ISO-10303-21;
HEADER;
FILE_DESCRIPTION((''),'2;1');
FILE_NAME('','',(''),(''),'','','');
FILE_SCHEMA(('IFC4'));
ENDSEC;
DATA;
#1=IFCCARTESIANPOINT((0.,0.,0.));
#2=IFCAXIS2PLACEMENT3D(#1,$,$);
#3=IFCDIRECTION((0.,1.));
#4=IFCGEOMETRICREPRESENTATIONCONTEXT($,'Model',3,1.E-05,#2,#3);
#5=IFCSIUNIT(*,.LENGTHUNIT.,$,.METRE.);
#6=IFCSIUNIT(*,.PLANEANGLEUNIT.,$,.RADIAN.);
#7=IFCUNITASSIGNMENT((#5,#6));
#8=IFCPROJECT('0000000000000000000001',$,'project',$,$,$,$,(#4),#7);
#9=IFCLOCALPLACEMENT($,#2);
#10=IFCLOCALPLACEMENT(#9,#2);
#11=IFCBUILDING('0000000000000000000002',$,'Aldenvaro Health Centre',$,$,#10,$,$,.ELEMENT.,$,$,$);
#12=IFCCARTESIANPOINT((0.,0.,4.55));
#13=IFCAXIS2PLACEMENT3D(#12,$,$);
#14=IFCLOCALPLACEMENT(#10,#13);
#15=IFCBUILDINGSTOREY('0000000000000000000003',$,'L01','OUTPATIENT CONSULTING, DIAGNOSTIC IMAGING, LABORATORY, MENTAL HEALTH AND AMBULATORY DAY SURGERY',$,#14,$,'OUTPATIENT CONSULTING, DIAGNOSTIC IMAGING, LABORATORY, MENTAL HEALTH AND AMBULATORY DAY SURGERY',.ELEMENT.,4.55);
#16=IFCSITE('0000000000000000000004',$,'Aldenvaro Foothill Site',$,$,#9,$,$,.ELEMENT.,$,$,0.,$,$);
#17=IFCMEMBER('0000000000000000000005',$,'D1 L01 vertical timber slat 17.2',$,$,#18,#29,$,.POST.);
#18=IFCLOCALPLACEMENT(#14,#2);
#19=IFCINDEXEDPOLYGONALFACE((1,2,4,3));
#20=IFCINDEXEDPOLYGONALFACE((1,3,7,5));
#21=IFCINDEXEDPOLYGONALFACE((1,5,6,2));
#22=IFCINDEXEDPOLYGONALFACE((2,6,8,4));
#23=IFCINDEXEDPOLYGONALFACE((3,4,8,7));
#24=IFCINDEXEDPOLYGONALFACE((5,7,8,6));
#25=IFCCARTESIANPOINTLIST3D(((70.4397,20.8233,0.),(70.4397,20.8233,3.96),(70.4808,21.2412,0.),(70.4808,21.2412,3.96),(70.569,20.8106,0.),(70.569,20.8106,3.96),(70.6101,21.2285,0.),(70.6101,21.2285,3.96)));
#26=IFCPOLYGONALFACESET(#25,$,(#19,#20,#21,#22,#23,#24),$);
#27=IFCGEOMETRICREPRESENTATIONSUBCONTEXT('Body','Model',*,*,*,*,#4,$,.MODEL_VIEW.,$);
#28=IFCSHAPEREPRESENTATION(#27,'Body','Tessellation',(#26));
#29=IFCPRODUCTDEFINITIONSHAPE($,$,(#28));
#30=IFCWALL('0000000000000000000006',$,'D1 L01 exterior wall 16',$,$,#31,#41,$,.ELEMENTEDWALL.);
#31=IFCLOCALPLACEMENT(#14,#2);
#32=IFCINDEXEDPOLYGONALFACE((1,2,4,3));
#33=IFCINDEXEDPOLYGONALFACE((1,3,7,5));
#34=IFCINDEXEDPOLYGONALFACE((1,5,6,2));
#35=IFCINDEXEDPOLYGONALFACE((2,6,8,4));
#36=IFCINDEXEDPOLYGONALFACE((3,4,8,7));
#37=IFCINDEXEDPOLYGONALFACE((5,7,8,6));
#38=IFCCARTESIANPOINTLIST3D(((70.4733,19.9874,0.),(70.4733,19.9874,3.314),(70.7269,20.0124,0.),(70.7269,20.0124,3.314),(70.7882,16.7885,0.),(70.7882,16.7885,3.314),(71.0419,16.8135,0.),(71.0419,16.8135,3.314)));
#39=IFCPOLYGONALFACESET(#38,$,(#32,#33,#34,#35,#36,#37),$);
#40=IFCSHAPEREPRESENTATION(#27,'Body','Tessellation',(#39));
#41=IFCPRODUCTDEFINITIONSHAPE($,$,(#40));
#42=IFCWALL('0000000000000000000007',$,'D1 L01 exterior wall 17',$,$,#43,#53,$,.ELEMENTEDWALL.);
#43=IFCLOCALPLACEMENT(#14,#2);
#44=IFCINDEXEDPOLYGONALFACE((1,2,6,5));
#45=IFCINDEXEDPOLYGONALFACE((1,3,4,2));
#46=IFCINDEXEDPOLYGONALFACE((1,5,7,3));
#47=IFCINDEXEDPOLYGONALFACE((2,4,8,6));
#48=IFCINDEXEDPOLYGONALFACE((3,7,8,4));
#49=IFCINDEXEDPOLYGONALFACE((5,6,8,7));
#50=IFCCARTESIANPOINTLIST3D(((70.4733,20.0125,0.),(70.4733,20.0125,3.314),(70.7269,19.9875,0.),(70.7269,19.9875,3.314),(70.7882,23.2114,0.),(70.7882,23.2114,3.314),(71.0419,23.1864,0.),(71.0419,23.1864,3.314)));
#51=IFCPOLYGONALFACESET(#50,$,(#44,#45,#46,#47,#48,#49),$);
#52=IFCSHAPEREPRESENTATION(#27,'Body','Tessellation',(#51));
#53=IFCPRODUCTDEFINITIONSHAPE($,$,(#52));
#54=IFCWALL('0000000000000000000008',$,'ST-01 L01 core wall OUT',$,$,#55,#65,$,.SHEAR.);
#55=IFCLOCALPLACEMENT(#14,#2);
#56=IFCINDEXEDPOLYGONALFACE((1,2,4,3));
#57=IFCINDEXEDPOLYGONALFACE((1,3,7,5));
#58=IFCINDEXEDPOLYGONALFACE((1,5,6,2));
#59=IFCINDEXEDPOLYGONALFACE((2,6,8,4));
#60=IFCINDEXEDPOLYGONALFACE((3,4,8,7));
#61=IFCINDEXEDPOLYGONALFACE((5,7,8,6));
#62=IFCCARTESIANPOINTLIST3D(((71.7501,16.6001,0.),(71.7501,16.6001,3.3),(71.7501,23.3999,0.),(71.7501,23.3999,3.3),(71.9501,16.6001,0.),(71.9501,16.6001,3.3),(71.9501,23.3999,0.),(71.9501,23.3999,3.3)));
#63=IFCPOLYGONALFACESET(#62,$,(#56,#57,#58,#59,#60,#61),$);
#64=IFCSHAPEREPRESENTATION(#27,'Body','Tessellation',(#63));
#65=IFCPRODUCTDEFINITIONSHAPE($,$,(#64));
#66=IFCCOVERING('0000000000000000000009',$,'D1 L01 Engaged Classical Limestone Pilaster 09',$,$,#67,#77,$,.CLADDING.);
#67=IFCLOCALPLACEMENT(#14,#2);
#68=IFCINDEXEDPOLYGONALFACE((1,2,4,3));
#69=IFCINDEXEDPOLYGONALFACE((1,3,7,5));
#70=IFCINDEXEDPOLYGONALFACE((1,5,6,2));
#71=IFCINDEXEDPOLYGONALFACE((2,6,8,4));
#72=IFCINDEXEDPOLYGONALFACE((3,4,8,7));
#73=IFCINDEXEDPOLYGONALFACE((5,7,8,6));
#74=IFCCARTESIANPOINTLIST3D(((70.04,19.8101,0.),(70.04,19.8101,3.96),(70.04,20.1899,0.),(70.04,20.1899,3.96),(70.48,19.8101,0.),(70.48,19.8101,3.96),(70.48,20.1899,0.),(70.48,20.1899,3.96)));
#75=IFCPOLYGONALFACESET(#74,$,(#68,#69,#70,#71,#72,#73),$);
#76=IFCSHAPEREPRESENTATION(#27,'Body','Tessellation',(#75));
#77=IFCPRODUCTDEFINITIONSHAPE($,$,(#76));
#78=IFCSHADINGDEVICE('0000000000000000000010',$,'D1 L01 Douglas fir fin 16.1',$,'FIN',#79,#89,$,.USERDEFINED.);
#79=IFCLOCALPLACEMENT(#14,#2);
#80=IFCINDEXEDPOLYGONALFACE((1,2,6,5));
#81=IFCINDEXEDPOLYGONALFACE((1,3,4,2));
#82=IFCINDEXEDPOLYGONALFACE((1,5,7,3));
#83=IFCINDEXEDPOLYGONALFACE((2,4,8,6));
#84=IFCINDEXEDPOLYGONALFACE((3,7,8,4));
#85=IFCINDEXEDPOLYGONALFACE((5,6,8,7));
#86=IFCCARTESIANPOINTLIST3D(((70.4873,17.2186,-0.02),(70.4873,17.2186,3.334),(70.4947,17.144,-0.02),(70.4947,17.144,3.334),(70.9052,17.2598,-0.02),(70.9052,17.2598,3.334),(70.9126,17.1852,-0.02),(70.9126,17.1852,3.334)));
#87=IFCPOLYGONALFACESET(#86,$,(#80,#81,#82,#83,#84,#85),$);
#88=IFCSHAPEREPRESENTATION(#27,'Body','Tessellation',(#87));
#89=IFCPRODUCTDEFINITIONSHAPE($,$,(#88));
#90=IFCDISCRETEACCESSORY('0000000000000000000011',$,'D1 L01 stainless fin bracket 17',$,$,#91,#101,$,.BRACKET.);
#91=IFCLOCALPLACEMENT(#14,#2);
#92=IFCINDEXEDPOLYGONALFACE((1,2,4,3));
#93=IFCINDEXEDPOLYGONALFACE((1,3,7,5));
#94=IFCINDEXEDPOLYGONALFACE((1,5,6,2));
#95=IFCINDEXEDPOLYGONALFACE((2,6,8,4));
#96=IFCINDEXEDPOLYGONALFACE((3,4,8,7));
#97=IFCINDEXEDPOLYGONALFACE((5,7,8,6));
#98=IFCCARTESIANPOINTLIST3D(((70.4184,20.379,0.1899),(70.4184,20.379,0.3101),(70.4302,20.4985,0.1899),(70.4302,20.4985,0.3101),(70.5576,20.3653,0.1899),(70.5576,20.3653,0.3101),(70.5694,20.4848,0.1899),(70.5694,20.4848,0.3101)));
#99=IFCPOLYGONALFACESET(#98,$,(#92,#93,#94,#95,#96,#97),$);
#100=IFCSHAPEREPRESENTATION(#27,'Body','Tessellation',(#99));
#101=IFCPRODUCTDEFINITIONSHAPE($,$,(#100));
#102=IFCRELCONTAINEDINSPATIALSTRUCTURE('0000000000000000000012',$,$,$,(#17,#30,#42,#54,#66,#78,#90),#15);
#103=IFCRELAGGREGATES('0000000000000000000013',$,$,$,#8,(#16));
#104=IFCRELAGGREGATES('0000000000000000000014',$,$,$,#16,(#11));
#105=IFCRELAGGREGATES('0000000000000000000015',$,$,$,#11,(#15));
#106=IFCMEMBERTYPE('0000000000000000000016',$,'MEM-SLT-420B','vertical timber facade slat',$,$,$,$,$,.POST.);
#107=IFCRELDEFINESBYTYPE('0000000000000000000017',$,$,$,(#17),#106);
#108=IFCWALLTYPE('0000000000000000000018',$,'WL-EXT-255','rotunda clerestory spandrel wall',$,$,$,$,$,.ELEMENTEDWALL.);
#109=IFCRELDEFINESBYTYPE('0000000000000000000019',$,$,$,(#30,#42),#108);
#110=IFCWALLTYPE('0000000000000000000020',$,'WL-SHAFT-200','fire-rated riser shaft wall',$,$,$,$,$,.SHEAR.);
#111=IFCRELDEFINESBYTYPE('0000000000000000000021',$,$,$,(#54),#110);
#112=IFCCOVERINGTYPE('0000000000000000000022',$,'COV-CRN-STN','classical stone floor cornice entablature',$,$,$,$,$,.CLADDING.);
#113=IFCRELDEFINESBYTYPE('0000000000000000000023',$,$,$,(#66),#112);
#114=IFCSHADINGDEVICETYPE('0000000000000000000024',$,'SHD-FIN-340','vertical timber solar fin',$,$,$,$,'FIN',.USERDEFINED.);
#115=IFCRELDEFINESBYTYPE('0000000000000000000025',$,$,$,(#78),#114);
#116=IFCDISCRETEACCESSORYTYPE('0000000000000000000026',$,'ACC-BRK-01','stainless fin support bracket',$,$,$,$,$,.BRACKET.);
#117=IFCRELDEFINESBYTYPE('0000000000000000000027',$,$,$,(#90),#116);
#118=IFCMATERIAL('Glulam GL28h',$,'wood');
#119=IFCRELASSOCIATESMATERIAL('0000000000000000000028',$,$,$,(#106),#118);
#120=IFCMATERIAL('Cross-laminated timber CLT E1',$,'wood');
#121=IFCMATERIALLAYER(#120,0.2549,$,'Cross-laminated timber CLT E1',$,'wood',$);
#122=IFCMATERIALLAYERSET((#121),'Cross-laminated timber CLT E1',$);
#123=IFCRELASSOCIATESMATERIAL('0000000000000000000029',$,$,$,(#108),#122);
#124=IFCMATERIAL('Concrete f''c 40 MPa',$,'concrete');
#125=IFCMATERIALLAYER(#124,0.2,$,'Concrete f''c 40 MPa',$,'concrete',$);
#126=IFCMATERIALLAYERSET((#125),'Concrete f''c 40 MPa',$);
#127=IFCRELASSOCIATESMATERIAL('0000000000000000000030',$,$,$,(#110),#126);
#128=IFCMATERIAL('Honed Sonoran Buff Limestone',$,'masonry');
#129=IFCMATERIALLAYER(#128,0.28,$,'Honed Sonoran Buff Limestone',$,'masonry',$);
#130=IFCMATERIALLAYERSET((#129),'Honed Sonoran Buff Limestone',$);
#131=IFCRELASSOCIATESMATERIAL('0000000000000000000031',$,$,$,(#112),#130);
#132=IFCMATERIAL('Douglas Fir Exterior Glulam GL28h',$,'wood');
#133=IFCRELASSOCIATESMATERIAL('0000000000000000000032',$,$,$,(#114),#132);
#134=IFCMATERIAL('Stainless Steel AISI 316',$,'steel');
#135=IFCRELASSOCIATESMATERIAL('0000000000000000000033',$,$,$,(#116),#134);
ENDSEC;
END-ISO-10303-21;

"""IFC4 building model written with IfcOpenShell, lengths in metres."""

from ifc_helpers import new_model, si_unit, direction, frame, frame_2d, origin, origin_2d, place, context, subcontext, project, spatial, rectangle, extrude, material, layer, layer_set, material_profile, profile_set, type_object, element, save


model = new_model("IFC4")

# Units and contexts
model_context = context("Model", 3, precision=1e-05, world=origin(), true_north=direction((0.0, 1.0)))
body_context = subcontext(model_context, "Body", "Model", "MODEL_VIEW")
ifc_project = project(units=[si_unit("LENGTHUNIT", "METRE"), si_unit("PLANEANGLEUNIT", "RADIAN")], contexts=[model_context])

# Site, building, storey
site_placement = place(None, origin())
site = spatial("IfcSite", under=ifc_project, at=site_placement, Name="Aldenvaro Foothill Site", CompositionType="ELEMENT", RefElevation=0.0)
building_placement = place(site_placement, origin())
building = spatial("IfcBuilding", under=site, at=building_placement, Name="Aldenvaro Health Centre", CompositionType="ELEMENT")
storey_placement = place(building_placement, frame((0.0, 0.0, 4.55)))
storey = spatial("IfcBuildingStorey", under=building, at=storey_placement, Name="L01", Description="OUTPATIENT CONSULTING, DIAGNOSTIC IMAGING, LABORATORY, MENTAL HEALTH AND AMBULATORY DAY SURGERY", LongName="OUTPATIENT CONSULTING, DIAGNOSTIC IMAGING, LABORATORY, MENTAL HEALTH AND AMBULATORY DAY SURGERY", CompositionType="ELEMENT", Elevation=4.55)

# Shared definitions
ifc_material_1 = material(Name="Glulam GL28h", Category="wood")
ifc_material_2 = material(Name="Concrete f'c 40 MPa", Category="concrete")

# Member
ifc_material_profile_1 = material_profile(ifc_material_1, rectangle(XDim=0.1299, YDim=0.4199, at=origin_2d()), Name="GL 130x420", Category="wood")
ifc_profile_set_1 = profile_set([ifc_material_profile_1], Name="Glulam GL28h")
member_type_1 = type_object("IfcMemberType", Name="MEM-SLT-420B", Description="vertical timber facade slat", PredefinedType="POST", material=ifc_profile_set_1)
for number, where, z_axis, x_axis, name in (
    (1, (70.5249, 21.0259, 0.0), (0.0, 0.0, 1.0), (-0.995187, 0.097994, 0.0), "D1 L01 vertical timber slat 17.2"),
):
    element("IfcMember", number, at=place(storey_placement, frame(where, z_axis=z_axis, x_axis=x_axis)), inside=storey, type_object=member_type_1, Name=name, PredefinedType="POST", context=body_context, shape_type="SweptSolid", body=[
        extrude(rectangle(XDim=0.1299, YDim=0.4199, at=origin_2d()), origin(), (0.0, 0.0, 1.0), 3.96),
    ])

# Walls
ifc_material_3 = material(Name="Cross-laminated timber CLT E1", Category="wood")
ifc_layer_1 = layer(ifc_material_3, 0.2549, Name="Cross-laminated timber CLT E1", Category="wood")
ifc_layer_set_1 = layer_set([ifc_layer_1], Name="Cross-laminated timber CLT E1")
wall_type_1 = type_object("IfcWallType", Name="WL-EXT-255", Description="rotunda clerestory spandrel wall", PredefinedType="ELEMENTEDWALL", material=ifc_layer_set_1)
for number, where, z_axis, x_axis, name in (
    (2, (70.915, 16.801, 0.0), (0.0, 0.0, 1.0), (-0.097977, 0.995189, 0.0), "D1 L01 exterior wall 16"),
    (3, (70.6001, 20.0, 0.0), (0.0, 0.0, 1.0), (0.097977, 0.995189, 0.0), "D1 L01 exterior wall 17"),
):
    element("IfcWall", number, at=place(storey_placement, frame(where, z_axis=z_axis, x_axis=x_axis)), inside=storey, type_object=wall_type_1, Name=name, PredefinedType="ELEMENTEDWALL", context=body_context, shape_type="SweptSolid", body=[
        extrude(rectangle(XDim=3.2144, YDim=0.2549, at=frame_2d((1.6072, 0.0))), origin(), (0.0, 0.0, 1.0), 3.314),
    ])
ifc_layer_2 = layer(ifc_material_2, 0.2, Name="Concrete f'c 40 MPa", Category="concrete")
ifc_layer_set_2 = layer_set([ifc_layer_2], Name="Concrete f'c 40 MPa")
wall_type_2 = type_object("IfcWallType", Name="WL-SHAFT-200", Description="fire-rated riser shaft wall", PredefinedType="SHEAR", material=ifc_layer_set_2)
wall_placement = place(storey_placement, frame((71.8501, 16.6001, 0.0), z_axis=(0.0, 0.0, 1.0), x_axis=(0.0, 1.0, 0.0)))
element("IfcWall", 4, at=wall_placement, inside=storey, type_object=wall_type_2, Name="ST-01 L01 core wall OUT", PredefinedType="SHEAR", context=body_context, shape_type="SweptSolid", body=[
    extrude(rectangle(XDim=6.7998, YDim=0.2, at=frame_2d((3.3999, 0.0))), origin(), (0.0, 0.0, 1.0), 3.3),
])

# Covering
ifc_material_4 = material(Name="Honed Sonoran Buff Limestone", Category="masonry")
ifc_layer_3 = layer(ifc_material_4, 0.28, Name="Honed Sonoran Buff Limestone", Category="masonry")
ifc_layer_set_3 = layer_set([ifc_layer_3], Name="Honed Sonoran Buff Limestone")
covering_type = type_object("IfcCoveringType", Name="COV-CRN-STN", Description="classical stone floor cornice entablature", PredefinedType="CLADDING", material=ifc_layer_set_3)
covering_placement = place(storey_placement, frame((70.26, 20.0, 0.0), z_axis=(0.0, 0.0, 1.0), x_axis=(-1.0, 0.0, 0.0)))
element("IfcCovering", 5, at=covering_placement, inside=storey, type_object=covering_type, Name="D1 L01 Engaged Classical Limestone Pilaster 09", PredefinedType="CLADDING", context=body_context, shape_type="SweptSolid", body=[
    extrude(rectangle(XDim=0.4399, YDim=0.3799, at=origin_2d()), origin(), (0.0, 0.0, 1.0), 3.96),
])

# Shading device
ifc_material_5 = material(Name="Douglas Fir Exterior Glulam GL28h", Category="wood")
shading_device_type = type_object("IfcShadingDeviceType", Name="SHD-FIN-340", Description="vertical timber solar fin", ElementType="FIN", PredefinedType="USERDEFINED", material=ifc_material_5)
shading_device_placement = place(storey_placement, frame((70.7, 17.2019, -0.02), z_axis=(0.0, 0.0, 1.0), x_axis=(-0.097994, 0.995187, 0.0)))
element("IfcShadingDevice", 6, at=shading_device_placement, inside=storey, type_object=shading_device_type, Name="D1 L01 Douglas fir fin 16.1", ObjectType="FIN", PredefinedType="USERDEFINED", context=body_context, shape_type="SweptSolid", body=[
    extrude(rectangle(XDim=0.075, YDim=0.4199, at=origin_2d()), origin(), (0.0, 0.0, 1.0), 3.354),
])

# Discrete accessory
ifc_material_6 = material(Name="Stainless Steel AISI 316", Category="steel")
discrete_accessory_type = type_object("IfcDiscreteAccessoryType", Name="ACC-BRK-01", Description="stainless fin support bracket", PredefinedType="BRACKET", material=ifc_material_6)
discrete_accessory_placement = place(storey_placement, frame((70.4939, 20.4319, 0.1899), z_axis=(0.0, 0.0, 1.0), x_axis=(0.097994, 0.995187, 0.0)))
element("IfcDiscreteAccessory", 7, at=discrete_accessory_placement, inside=storey, type_object=discrete_accessory_type, Name="D1 L01 stainless fin bracket 17", PredefinedType="BRACKET", context=body_context, shape_type="SweptSolid", body=[
    extrude(rectangle(XDim=0.1201, YDim=0.1399, at=origin_2d()), origin(), (0.0, 0.0, 1.0), 0.1201),
])

save(model, "model.ifc")
